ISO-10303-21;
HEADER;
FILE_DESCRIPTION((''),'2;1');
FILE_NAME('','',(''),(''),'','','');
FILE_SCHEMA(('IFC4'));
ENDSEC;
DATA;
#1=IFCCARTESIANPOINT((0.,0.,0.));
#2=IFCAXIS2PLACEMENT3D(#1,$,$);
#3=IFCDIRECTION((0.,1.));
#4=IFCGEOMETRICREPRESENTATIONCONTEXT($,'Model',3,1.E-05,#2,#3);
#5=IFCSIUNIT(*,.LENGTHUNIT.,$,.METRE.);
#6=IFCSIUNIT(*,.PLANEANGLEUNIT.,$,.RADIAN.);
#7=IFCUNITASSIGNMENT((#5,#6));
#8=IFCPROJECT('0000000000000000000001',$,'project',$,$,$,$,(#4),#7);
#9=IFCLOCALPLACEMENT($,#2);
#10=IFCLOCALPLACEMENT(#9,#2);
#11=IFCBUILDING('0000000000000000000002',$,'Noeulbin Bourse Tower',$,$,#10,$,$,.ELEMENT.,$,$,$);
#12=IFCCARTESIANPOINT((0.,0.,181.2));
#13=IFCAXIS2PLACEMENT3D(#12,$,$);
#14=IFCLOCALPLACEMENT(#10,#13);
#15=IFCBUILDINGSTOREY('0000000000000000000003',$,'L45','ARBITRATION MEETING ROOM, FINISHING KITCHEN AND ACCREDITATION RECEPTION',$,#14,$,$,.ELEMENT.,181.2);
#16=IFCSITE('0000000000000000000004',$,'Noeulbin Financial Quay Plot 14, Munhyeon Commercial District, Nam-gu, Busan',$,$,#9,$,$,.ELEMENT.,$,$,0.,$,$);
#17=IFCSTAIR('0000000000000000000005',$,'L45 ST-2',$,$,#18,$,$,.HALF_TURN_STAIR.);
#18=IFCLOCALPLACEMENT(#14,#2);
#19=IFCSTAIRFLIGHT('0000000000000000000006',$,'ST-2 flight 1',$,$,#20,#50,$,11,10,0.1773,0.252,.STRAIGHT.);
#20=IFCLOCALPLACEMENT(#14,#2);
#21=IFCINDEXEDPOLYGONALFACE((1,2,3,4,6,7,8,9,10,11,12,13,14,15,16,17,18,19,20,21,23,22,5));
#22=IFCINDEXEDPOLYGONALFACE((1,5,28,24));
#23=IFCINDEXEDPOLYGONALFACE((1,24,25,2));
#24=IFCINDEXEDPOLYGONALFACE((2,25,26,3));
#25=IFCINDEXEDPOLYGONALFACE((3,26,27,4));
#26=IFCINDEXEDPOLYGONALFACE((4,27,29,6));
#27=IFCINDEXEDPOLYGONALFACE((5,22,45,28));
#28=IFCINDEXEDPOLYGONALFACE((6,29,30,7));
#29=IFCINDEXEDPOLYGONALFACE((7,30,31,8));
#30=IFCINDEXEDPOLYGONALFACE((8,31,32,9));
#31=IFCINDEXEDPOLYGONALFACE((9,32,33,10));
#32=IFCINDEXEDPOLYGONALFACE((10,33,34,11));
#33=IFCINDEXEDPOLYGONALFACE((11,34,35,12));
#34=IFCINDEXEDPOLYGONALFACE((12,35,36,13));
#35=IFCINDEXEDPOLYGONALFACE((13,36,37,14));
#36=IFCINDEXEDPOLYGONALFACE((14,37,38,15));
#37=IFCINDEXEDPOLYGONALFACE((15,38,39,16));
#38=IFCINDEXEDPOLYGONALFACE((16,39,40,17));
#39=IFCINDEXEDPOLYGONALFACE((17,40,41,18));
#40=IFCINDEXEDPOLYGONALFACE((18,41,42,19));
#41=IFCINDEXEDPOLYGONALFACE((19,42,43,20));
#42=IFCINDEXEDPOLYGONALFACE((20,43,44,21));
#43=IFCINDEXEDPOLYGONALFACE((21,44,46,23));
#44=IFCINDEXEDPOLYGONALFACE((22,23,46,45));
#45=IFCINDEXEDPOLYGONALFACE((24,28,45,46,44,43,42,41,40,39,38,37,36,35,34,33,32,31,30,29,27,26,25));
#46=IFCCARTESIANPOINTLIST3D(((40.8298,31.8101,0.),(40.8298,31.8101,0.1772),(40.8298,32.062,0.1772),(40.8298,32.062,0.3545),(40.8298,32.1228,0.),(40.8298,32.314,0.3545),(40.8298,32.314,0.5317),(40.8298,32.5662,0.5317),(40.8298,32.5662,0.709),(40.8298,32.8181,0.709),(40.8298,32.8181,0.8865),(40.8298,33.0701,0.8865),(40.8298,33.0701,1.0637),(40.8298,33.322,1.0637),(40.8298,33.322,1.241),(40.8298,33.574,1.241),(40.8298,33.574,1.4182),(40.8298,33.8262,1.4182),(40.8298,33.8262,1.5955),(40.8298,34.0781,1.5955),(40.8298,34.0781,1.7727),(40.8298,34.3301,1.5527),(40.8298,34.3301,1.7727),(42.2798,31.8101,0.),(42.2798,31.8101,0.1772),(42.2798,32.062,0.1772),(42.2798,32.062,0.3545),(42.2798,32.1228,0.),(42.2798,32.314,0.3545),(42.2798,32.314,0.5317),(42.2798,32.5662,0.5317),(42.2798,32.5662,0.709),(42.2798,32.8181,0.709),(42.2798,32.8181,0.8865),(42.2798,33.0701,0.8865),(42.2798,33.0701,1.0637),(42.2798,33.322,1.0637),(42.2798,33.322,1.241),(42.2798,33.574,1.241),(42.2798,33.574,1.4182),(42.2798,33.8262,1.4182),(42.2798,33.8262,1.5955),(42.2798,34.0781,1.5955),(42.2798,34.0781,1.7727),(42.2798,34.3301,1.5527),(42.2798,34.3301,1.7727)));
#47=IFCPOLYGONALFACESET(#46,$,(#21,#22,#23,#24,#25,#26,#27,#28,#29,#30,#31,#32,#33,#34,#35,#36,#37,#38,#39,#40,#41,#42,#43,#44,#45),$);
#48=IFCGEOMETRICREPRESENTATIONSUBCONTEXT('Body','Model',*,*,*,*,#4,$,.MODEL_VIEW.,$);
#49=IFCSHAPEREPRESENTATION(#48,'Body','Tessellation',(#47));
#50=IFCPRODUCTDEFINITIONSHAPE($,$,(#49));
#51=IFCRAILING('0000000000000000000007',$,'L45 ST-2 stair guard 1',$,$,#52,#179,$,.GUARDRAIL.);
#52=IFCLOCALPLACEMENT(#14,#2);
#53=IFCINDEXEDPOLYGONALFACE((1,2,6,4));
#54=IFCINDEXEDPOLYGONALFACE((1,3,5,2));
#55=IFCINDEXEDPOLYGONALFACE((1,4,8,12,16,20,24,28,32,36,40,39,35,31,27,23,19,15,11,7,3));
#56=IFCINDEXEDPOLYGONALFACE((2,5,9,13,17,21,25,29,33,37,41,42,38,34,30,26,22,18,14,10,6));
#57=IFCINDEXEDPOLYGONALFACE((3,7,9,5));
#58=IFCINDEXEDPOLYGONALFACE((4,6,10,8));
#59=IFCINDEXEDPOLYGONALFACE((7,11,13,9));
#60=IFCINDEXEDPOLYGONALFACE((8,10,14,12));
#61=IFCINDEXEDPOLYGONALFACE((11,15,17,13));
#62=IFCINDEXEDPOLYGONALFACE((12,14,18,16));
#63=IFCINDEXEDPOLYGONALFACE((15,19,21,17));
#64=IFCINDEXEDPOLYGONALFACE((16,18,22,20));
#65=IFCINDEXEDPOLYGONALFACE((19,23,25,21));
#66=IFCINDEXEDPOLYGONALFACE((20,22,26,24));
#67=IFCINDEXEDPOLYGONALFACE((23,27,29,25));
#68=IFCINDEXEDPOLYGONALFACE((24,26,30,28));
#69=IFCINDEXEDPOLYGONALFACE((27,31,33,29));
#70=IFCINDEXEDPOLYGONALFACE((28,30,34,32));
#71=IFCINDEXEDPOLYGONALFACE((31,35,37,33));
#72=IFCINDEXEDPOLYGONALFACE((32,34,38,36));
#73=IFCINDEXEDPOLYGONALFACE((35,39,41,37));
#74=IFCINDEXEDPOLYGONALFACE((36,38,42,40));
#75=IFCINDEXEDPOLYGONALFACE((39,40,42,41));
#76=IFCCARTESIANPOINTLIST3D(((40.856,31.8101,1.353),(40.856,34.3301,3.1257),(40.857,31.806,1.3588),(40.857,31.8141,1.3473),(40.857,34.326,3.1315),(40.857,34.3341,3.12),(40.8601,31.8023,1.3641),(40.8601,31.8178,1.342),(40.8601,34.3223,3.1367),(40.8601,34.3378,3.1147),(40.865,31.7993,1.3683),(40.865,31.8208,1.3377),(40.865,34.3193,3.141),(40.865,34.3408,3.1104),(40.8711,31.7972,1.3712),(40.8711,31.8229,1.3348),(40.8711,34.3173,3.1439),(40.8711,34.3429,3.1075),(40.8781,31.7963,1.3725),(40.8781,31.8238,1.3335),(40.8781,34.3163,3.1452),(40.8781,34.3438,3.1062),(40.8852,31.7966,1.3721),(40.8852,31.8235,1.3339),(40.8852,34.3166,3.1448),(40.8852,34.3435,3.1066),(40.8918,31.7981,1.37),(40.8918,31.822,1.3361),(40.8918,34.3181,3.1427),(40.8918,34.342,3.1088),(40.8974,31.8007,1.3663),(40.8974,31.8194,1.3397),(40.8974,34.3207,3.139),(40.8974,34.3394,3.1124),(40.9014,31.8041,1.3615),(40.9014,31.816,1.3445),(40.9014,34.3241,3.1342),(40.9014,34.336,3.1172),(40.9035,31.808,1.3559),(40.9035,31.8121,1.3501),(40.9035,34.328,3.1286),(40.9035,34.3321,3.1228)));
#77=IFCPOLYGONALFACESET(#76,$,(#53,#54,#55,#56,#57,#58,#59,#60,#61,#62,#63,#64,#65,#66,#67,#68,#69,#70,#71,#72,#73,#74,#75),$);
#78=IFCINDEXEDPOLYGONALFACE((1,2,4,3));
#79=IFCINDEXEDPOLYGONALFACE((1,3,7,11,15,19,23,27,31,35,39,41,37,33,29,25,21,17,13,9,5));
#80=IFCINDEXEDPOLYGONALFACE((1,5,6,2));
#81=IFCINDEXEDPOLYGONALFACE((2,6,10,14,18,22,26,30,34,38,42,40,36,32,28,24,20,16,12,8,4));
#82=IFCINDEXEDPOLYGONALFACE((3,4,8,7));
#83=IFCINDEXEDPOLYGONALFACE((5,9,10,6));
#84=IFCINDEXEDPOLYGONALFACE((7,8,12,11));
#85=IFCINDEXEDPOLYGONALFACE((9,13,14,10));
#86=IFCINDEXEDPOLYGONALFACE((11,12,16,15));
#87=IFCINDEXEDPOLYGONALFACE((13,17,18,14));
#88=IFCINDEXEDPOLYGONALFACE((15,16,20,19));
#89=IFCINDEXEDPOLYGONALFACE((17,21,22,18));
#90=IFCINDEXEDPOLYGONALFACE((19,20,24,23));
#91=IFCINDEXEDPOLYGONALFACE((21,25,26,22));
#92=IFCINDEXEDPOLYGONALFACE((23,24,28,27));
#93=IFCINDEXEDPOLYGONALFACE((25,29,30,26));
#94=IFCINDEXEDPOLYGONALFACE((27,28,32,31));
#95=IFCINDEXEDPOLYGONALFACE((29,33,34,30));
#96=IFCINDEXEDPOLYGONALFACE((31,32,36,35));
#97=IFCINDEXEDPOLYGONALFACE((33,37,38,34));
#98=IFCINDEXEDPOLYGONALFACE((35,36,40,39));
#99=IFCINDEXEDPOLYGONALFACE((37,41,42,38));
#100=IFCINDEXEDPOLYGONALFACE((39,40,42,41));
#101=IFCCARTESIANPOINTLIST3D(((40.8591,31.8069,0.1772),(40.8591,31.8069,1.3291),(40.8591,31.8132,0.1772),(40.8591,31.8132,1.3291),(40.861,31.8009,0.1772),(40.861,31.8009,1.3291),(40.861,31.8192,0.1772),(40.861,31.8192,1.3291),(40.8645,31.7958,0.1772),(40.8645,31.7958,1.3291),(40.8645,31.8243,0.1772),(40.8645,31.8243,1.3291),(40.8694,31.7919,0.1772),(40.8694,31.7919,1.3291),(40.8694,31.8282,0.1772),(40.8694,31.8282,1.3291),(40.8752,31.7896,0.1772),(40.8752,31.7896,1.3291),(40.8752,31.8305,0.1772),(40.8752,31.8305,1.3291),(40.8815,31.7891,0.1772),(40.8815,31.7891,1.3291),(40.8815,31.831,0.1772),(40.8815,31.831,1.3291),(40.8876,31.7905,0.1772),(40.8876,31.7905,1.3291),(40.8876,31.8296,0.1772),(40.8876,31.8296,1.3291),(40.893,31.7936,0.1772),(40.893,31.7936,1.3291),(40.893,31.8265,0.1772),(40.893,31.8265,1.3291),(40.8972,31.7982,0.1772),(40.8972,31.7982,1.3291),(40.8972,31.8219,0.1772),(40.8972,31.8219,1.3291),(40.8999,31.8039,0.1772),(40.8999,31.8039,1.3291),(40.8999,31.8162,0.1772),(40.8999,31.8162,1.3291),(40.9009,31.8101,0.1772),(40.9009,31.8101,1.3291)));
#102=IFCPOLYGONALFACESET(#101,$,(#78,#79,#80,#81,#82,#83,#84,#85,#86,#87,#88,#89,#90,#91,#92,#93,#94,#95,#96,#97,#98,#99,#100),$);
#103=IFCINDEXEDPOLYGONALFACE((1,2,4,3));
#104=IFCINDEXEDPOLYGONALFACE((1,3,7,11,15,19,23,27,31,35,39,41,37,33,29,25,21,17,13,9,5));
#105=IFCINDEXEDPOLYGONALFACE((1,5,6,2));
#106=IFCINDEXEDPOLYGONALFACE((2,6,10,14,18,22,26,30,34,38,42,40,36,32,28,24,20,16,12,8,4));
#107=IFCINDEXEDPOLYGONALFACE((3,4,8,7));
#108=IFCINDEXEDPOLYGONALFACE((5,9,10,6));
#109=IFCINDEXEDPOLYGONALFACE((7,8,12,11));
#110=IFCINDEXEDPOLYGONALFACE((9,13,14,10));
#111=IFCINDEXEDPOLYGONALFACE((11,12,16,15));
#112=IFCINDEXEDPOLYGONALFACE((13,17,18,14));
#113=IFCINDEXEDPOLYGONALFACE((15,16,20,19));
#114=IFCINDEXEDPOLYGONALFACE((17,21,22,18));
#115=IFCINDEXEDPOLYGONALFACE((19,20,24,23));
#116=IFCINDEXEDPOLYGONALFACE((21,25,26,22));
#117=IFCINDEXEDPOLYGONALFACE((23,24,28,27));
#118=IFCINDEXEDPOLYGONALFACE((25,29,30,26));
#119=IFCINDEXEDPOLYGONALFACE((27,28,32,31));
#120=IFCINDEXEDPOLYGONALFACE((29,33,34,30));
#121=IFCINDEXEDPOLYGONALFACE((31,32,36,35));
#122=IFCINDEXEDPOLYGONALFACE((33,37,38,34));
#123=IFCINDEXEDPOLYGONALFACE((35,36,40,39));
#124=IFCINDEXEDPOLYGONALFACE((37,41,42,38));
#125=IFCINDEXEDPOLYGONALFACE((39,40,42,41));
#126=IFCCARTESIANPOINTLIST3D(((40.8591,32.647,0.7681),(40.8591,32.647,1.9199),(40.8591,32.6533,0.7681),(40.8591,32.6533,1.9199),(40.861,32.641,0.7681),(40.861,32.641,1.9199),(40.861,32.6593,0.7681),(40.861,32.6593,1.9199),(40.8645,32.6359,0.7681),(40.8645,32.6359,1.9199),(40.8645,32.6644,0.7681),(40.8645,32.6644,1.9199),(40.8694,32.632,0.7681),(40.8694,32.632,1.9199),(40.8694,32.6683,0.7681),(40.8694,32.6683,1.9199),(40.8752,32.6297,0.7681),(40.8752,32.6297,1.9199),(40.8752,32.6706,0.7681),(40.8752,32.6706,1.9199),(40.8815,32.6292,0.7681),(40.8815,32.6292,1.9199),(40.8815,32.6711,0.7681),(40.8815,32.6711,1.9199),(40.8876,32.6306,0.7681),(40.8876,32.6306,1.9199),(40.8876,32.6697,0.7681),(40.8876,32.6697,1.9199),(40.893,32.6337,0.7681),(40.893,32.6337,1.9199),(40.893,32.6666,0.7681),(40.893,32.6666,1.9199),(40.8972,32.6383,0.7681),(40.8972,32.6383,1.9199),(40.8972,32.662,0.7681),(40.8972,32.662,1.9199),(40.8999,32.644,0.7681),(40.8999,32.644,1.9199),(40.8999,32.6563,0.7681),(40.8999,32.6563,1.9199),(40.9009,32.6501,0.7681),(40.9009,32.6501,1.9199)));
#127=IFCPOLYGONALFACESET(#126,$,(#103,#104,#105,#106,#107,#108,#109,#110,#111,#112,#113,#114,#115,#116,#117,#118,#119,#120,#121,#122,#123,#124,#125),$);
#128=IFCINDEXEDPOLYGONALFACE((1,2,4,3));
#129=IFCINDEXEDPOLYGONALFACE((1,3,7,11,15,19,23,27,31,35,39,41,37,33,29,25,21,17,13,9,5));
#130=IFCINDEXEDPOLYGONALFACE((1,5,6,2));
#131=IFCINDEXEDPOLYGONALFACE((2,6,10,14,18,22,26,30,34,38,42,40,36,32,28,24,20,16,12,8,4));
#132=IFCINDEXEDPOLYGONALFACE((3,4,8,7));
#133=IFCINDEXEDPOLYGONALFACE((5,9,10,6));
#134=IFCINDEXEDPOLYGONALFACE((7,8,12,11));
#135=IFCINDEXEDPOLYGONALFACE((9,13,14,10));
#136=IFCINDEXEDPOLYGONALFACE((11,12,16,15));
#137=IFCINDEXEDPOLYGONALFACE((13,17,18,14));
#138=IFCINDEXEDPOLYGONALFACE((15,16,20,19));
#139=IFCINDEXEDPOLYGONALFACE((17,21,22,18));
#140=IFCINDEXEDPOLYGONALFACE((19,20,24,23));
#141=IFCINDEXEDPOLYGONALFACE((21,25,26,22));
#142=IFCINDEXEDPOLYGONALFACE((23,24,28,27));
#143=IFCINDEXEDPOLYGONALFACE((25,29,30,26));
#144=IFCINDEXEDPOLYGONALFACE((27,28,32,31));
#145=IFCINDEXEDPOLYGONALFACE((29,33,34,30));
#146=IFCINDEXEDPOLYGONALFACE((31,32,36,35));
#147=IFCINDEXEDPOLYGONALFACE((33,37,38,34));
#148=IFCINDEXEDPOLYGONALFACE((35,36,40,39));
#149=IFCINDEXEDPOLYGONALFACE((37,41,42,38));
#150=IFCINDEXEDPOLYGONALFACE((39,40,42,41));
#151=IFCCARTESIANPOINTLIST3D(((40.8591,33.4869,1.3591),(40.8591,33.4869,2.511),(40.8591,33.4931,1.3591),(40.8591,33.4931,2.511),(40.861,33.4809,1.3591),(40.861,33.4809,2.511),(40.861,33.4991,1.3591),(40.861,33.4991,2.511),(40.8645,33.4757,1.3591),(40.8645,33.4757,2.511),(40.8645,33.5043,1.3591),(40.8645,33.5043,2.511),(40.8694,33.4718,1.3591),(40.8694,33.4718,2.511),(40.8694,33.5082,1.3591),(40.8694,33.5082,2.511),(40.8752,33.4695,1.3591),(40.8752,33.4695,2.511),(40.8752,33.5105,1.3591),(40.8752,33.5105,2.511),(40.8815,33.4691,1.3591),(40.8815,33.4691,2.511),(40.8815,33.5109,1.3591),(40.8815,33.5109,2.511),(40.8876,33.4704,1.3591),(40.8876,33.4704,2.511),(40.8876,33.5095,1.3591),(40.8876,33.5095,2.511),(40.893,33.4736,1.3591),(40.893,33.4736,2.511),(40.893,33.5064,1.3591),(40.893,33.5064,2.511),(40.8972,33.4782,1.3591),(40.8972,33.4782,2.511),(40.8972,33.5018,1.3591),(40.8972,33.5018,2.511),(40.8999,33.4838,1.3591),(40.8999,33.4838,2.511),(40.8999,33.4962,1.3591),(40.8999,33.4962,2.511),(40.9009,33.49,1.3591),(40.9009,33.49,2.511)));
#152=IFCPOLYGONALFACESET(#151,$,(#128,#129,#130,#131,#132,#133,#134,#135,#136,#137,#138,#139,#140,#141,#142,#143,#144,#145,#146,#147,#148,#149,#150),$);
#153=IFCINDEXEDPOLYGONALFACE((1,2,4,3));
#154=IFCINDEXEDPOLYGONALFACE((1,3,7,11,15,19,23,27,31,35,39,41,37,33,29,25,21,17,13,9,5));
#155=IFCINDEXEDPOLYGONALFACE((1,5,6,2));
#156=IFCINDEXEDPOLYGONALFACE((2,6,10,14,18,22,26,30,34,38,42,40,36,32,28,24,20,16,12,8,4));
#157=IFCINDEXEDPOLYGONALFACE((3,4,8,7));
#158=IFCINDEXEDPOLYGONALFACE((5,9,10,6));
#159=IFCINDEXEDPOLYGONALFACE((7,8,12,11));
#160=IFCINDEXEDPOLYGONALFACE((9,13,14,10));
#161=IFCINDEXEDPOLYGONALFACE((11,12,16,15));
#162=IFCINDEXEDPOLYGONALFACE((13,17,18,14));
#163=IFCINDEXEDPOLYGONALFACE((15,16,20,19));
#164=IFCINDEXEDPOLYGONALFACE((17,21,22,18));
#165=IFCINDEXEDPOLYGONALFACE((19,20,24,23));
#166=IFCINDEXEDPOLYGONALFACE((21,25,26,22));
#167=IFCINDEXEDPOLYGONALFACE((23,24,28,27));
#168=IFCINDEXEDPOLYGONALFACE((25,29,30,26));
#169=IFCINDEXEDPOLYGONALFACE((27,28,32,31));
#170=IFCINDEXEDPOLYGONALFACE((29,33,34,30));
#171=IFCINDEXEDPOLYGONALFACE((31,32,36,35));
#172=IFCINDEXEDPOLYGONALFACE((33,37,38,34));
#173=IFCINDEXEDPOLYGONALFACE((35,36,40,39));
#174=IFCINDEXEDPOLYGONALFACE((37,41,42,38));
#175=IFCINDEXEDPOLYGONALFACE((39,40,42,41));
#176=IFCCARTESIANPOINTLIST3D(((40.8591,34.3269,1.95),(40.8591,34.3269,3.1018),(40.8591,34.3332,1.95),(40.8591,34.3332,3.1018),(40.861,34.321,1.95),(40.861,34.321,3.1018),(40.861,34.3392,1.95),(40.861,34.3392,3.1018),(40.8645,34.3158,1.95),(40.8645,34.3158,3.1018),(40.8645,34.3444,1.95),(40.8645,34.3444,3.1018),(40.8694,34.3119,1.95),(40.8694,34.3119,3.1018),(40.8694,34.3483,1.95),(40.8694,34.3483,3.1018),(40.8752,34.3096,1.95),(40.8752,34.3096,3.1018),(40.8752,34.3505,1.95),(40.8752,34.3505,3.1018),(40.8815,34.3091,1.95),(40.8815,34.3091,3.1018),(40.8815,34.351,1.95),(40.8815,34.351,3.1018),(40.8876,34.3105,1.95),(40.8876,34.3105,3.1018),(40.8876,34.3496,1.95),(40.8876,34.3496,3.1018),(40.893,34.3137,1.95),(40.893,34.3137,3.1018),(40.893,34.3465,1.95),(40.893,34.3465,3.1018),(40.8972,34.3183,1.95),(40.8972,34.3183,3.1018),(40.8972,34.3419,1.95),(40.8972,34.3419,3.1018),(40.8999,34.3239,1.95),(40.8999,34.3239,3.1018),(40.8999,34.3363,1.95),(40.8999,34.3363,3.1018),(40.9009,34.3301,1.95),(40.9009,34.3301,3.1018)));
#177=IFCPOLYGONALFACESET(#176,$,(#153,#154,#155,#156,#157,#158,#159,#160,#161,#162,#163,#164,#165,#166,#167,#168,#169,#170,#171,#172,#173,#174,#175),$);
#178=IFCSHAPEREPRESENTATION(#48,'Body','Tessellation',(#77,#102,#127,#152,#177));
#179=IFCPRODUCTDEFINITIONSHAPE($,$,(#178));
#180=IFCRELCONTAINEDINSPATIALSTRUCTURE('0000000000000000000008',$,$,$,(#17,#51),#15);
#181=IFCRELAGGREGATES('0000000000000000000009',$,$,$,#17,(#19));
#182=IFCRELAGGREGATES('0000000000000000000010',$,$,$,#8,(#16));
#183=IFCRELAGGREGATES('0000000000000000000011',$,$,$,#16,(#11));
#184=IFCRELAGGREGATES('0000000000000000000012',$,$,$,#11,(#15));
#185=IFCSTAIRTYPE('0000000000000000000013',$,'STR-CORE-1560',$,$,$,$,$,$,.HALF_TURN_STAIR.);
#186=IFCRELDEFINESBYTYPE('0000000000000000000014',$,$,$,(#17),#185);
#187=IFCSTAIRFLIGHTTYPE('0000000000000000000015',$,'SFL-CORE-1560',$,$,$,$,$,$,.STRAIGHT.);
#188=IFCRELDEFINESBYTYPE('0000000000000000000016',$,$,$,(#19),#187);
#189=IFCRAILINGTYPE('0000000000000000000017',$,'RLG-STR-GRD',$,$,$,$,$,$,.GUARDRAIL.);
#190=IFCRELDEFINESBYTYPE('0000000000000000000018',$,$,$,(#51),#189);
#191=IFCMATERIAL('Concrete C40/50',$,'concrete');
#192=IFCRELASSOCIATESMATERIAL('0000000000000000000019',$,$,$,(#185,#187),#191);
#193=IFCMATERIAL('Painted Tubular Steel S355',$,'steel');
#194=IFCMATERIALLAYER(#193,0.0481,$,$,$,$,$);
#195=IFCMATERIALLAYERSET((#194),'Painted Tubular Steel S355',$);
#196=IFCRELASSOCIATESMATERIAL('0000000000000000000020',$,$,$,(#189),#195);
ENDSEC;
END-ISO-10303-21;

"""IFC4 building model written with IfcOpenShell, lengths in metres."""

from ifc_helpers import new_model, si_unit, direction, frame, origin, origin_2d, place, context, subcontext, project, spatial, polyline, circle, outline, extrude, material, layer, layer_set, type_object, element, aggregate, save


model = new_model("IFC4")

# Units and contexts
model_context = context("Model", 3, precision=1e-05, world=origin(), true_north=direction((0.0, 1.0)))
body_context = subcontext(model_context, "Body", "Model", "MODEL_VIEW")
ifc_project = project(units=[si_unit("LENGTHUNIT", "METRE"), si_unit("PLANEANGLEUNIT", "RADIAN")], contexts=[model_context])

# Site, building, storey
site_placement = place(None, origin())
site = spatial("IfcSite", under=ifc_project, at=site_placement, Name="Noeulbin Financial Quay Plot 14, Munhyeon Commercial District, Nam-gu, Busan", CompositionType="ELEMENT", RefElevation=0.0)
building_placement = place(site_placement, origin())
building = spatial("IfcBuilding", under=site, at=building_placement, Name="Noeulbin Bourse Tower", CompositionType="ELEMENT")
storey_placement = place(building_placement, frame((0.0, 0.0, 181.2)))
storey = spatial("IfcBuildingStorey", under=building, at=storey_placement, Name="L45", Description="ARBITRATION MEETING ROOM, FINISHING KITCHEN AND ACCREDITATION RECEPTION", CompositionType="ELEMENT", Elevation=181.2)

# Shared definitions
ifc_material_1 = material(Name="Concrete C40/50", Category="concrete")

# Stair, stair flight
stair_type = type_object("IfcStairType", Name="STR-CORE-1560", PredefinedType="HALF_TURN_STAIR", material=ifc_material_1)
stair_placement = place(storey_placement, origin())
stair = element("IfcStair", 1, at=stair_placement, inside=storey, type_object=stair_type, Name="L45 ST-2", PredefinedType="HALF_TURN_STAIR")
stair_flight_type = type_object("IfcStairFlightType", Name="SFL-CORE-1560", PredefinedType="STRAIGHT", material=ifc_material_1)
stair_flight_placement = place(storey_placement, frame((41.5549, 31.8101, 0.0), z_axis=(0.0, 0.0, 1.0), x_axis=(0.0, 1.0, 0.0)))
stair_flight = element("IfcStairFlight", 2, at=stair_flight_placement, type_object=stair_flight_type, Name="ST-2 flight 1", NumberOfRisers=11, NumberOfTreads=10, PredefinedType="STRAIGHT", RiserHeight=0.1773, TreadLength=0.252, context=body_context, shape_type="SweptSolid", body=[
    extrude(outline(polyline([(0.0, 0.0), (0.0, 0.1772), (0.252, 0.1772), (0.252, 0.3545), (0.5039, 0.3545), (0.5039, 0.5317), (0.7561, 0.5317), (0.7561, 0.709), (1.0081, 0.709), (1.0081, 0.8865), (1.26, 0.8865), (1.26, 1.0637), (1.512, 1.0637), (1.512, 1.241), (1.7639, 1.241), (1.7639, 1.4182), (2.0161, 1.4182), (2.0161, 1.5955), (2.2681, 1.5955), (2.2681, 1.7727), (2.52, 1.7727), (2.52, 1.95), (2.52, 1.5527), (0.3127, 0.0), (0.0, 0.0)])), frame((0.0, 0.7251, 0.0), z_axis=(0.0, -1.0, 0.0), x_axis=(1.0, 0.0, 0.0)), (0.0, 0.0, 1.0), 1.45),
])
aggregate(stair, [stair_flight])

# Railing
ifc_material_2 = material(Name="Painted Tubular Steel S355", Category="steel")
ifc_layer_1 = layer(ifc_material_2, 0.0481)
ifc_layer_set_1 = layer_set([ifc_layer_1], Name="Painted Tubular Steel S355")
railing_type_1 = type_object("IfcRailingType", Name="RLG-STR-GRD", PredefinedType="GUARDRAIL", material=ifc_layer_set_1)
railing_1_placement = place(storey_placement, frame((40.8799, 31.8101, 0.1772)))
element("IfcRailing", 3, at=railing_1_placement, inside=storey, type_object=railing_type_1, Name="L45 ST-2 stair guard 1", PredefinedType="GUARDRAIL", context=body_context, shape_type="SweptSolid", body=[
    extrude(circle(Radius=0.0239, at=origin_2d()), frame((0.0, 0.0, 1.1758), z_axis=(0.0, 0.817904, 0.575354), x_axis=(-1.0, 0.0, 0.0)), (0.0, 0.0, 1.0), 3.0811),
    extrude(circle(Radius=0.021, at=origin_2d()), origin(), (0.0, 0.0, 1.0), 1.1519),
    extrude(circle(Radius=0.021, at=origin_2d()), frame((0.0, 0.8401, 0.5908)), (0.0, 0.0, 1.0), 1.1519),
    extrude(circle(Radius=0.021, at=origin_2d()), frame((0.0, 1.6799, 1.1819)), (0.0, 0.0, 1.0), 1.1519),
    extrude(circle(Radius=0.021, at=origin_2d()), frame((0.0, 2.52, 1.7727)), (0.0, 0.0, 1.0), 1.1519),
])

save(model, "model.ifc")
